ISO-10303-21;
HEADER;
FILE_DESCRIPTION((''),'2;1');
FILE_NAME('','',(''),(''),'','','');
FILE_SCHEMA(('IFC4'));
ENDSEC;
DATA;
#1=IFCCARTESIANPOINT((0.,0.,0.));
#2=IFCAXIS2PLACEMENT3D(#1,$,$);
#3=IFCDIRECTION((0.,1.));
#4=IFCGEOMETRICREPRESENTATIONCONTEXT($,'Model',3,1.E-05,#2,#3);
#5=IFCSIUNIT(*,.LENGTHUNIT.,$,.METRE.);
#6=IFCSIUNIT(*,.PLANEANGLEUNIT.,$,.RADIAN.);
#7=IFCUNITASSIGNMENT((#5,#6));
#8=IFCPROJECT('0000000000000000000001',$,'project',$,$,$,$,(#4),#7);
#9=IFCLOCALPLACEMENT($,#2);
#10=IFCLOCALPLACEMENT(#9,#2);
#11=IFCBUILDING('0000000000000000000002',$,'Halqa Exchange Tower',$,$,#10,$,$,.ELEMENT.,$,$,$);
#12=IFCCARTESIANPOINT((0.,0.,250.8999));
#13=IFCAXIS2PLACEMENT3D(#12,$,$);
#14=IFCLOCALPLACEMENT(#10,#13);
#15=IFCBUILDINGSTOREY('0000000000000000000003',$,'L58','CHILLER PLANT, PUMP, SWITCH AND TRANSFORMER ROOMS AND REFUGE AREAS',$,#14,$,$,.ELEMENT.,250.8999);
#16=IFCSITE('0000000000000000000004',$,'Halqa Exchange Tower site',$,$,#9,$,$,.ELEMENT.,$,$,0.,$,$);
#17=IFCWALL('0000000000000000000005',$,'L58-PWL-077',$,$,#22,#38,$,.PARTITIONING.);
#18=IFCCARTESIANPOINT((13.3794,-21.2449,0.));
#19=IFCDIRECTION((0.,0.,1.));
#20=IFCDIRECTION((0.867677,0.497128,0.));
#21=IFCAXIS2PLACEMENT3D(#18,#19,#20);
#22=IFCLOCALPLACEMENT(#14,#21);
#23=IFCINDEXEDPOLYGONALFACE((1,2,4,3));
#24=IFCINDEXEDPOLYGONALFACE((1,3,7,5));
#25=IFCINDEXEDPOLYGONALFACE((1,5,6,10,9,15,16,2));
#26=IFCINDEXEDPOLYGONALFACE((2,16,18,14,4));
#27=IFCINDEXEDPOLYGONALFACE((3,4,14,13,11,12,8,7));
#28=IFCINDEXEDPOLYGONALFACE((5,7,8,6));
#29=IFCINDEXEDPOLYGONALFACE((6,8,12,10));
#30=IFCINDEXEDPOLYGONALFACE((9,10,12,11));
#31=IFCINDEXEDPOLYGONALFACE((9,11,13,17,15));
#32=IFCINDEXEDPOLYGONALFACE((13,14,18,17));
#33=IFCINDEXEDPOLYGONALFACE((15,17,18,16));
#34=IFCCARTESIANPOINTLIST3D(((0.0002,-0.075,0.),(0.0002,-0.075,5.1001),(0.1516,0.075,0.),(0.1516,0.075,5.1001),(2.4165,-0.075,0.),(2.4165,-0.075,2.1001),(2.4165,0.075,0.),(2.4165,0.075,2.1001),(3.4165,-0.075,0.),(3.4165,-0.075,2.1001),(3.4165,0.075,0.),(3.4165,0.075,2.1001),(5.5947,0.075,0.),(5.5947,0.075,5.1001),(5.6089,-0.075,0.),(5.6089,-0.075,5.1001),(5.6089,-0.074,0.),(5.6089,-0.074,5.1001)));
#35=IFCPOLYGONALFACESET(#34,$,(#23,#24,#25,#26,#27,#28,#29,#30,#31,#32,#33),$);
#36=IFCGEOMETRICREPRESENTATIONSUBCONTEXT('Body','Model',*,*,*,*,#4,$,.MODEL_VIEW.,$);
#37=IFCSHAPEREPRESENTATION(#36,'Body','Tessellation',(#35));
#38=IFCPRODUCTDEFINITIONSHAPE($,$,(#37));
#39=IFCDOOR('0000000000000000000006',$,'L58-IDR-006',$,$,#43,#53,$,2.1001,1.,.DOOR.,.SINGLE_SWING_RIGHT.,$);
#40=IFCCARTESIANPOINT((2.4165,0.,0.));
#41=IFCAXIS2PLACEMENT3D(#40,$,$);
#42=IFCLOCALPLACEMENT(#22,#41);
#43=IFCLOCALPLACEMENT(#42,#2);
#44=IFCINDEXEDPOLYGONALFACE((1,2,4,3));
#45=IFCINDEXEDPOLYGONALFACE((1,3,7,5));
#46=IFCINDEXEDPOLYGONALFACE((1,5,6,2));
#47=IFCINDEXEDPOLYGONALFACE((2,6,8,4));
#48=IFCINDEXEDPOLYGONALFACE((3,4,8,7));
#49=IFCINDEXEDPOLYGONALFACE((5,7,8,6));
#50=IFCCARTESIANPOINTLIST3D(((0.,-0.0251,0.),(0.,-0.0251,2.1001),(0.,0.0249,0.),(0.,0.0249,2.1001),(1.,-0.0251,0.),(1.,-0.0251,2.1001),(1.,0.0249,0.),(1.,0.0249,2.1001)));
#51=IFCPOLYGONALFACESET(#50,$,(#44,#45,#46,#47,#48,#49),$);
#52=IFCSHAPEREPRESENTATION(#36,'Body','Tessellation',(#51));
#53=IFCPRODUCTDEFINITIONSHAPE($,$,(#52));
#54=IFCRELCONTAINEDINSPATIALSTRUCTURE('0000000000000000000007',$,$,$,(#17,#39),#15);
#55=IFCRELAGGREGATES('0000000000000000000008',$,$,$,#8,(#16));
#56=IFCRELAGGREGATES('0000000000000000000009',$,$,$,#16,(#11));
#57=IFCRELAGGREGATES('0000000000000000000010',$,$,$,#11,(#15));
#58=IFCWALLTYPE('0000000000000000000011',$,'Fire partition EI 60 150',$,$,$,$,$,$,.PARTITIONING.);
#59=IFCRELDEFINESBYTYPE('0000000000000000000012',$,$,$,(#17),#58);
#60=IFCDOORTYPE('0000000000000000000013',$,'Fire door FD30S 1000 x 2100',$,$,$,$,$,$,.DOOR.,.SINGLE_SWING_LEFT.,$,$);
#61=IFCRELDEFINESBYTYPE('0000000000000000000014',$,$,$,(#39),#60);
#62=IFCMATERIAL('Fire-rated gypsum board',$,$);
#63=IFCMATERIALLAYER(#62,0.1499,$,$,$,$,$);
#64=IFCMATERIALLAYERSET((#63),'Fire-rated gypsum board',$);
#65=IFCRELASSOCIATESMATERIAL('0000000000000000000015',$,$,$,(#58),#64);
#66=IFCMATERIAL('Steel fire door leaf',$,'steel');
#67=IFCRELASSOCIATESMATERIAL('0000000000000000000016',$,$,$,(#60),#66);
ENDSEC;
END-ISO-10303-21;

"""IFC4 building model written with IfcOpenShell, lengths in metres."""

from ifc_helpers import new_model, si_unit, direction, frame, frame_2d, origin, place, context, subcontext, project, spatial, polyline, rectangle, outline, extrude, material, layer, layer_set, type_object, element, fill, save


model = new_model("IFC4")

# Units and contexts
model_context = context("Model", 3, precision=1e-05, world=origin(), true_north=direction((0.0, 1.0)))
body_context = subcontext(model_context, "Body", "Model", "MODEL_VIEW")
ifc_project = project(units=[si_unit("LENGTHUNIT", "METRE"), si_unit("PLANEANGLEUNIT", "RADIAN")], contexts=[model_context])

# Site, building, storey
site_placement = place(None, origin())
site = spatial("IfcSite", under=ifc_project, at=site_placement, Name="Halqa Exchange Tower site", CompositionType="ELEMENT", RefElevation=0.0)
building_placement = place(site_placement, origin())
building = spatial("IfcBuilding", under=site, at=building_placement, Name="Halqa Exchange Tower", CompositionType="ELEMENT")
storey_placement = place(building_placement, frame((0.0, 0.0, 250.8999)))
storey = spatial("IfcBuildingStorey", under=building, at=storey_placement, Name="L58", Description="CHILLER PLANT, PUMP, SWITCH AND TRANSFORMER ROOMS AND REFUGE AREAS", CompositionType="ELEMENT", Elevation=250.8999)

# Wall, opening, door
ifc_material_1 = material(Name="Fire-rated gypsum board")
ifc_layer_1 = layer(ifc_material_1, 0.1499)
ifc_layer_set_1 = layer_set([ifc_layer_1], Name="Fire-rated gypsum board")
wall_type = type_object("IfcWallType", Name="Fire partition EI 60 150", PredefinedType="PARTITIONING", material=ifc_layer_set_1)
wall_1_placement = place(storey_placement, frame((13.3794, -21.2449, 0.0), z_axis=(0.0, 0.0, 1.0), x_axis=(0.867677, 0.497128, 0.0)))
wall_1 = element("IfcWall", 1, at=wall_1_placement, inside=storey, type_object=wall_type, Name="L58-PWL-077", PredefinedType="PARTITIONING", context=body_context, shape_type="SweptSolid", body=[
    extrude(outline(polyline([(5.6089, -0.075), (5.6089, -0.074), (5.5947, 0.075), (3.7803, 0.075), (1.9661, 0.075), (0.1516, 0.075), (0.0002, -0.075), (1.8699, -0.075), (3.7393, -0.075), (5.6089, -0.075)])), origin(), (0.0, 0.0, 1.0), 5.1001),
])
opening_placement = place(wall_1_placement, frame((2.4165, 0.0, 0.0)))
opening = element("IfcOpeningElement", 2, at=opening_placement, cuts=wall_1, PredefinedType="OPENING", context=body_context, shape_type="SweptSolid", body=[
    extrude(rectangle(XDim=1.0, YDim=2.1001, at=frame_2d((0.5, 1.05))), frame((0.0, 0.0869, 0.0), z_axis=(0.0, -1.0, 0.0), x_axis=(1.0, 0.0, 0.0)), (0.0, 0.0, 1.0), 0.1738),
])
ifc_material_2 = material(Name="Steel fire door leaf", Category="steel")
door_type = type_object("IfcDoorType", Name="Fire door FD30S 1000 x 2100", OperationType="SINGLE_SWING_LEFT", PredefinedType="DOOR", material=ifc_material_2)
door_placement = place(opening_placement, origin())
door = element("IfcDoor", 3, at=door_placement, inside=storey, type_object=door_type, Name="L58-IDR-006", OperationType="SINGLE_SWING_RIGHT", OverallHeight=2.1001, OverallWidth=1.0, PredefinedType="DOOR", context=body_context, shape_type="SweptSolid", body=[
    extrude(rectangle(XDim=1.0, YDim=2.1001, at=frame_2d((0.5, 1.05))), frame((0.0, 0.0249, 0.0), z_axis=(0.0, -1.0, 0.0), x_axis=(1.0, 0.0, 0.0)), (0.0, 0.0, 1.0), 0.05),
])
fill(opening, door)

save(model, "model.ifc")
